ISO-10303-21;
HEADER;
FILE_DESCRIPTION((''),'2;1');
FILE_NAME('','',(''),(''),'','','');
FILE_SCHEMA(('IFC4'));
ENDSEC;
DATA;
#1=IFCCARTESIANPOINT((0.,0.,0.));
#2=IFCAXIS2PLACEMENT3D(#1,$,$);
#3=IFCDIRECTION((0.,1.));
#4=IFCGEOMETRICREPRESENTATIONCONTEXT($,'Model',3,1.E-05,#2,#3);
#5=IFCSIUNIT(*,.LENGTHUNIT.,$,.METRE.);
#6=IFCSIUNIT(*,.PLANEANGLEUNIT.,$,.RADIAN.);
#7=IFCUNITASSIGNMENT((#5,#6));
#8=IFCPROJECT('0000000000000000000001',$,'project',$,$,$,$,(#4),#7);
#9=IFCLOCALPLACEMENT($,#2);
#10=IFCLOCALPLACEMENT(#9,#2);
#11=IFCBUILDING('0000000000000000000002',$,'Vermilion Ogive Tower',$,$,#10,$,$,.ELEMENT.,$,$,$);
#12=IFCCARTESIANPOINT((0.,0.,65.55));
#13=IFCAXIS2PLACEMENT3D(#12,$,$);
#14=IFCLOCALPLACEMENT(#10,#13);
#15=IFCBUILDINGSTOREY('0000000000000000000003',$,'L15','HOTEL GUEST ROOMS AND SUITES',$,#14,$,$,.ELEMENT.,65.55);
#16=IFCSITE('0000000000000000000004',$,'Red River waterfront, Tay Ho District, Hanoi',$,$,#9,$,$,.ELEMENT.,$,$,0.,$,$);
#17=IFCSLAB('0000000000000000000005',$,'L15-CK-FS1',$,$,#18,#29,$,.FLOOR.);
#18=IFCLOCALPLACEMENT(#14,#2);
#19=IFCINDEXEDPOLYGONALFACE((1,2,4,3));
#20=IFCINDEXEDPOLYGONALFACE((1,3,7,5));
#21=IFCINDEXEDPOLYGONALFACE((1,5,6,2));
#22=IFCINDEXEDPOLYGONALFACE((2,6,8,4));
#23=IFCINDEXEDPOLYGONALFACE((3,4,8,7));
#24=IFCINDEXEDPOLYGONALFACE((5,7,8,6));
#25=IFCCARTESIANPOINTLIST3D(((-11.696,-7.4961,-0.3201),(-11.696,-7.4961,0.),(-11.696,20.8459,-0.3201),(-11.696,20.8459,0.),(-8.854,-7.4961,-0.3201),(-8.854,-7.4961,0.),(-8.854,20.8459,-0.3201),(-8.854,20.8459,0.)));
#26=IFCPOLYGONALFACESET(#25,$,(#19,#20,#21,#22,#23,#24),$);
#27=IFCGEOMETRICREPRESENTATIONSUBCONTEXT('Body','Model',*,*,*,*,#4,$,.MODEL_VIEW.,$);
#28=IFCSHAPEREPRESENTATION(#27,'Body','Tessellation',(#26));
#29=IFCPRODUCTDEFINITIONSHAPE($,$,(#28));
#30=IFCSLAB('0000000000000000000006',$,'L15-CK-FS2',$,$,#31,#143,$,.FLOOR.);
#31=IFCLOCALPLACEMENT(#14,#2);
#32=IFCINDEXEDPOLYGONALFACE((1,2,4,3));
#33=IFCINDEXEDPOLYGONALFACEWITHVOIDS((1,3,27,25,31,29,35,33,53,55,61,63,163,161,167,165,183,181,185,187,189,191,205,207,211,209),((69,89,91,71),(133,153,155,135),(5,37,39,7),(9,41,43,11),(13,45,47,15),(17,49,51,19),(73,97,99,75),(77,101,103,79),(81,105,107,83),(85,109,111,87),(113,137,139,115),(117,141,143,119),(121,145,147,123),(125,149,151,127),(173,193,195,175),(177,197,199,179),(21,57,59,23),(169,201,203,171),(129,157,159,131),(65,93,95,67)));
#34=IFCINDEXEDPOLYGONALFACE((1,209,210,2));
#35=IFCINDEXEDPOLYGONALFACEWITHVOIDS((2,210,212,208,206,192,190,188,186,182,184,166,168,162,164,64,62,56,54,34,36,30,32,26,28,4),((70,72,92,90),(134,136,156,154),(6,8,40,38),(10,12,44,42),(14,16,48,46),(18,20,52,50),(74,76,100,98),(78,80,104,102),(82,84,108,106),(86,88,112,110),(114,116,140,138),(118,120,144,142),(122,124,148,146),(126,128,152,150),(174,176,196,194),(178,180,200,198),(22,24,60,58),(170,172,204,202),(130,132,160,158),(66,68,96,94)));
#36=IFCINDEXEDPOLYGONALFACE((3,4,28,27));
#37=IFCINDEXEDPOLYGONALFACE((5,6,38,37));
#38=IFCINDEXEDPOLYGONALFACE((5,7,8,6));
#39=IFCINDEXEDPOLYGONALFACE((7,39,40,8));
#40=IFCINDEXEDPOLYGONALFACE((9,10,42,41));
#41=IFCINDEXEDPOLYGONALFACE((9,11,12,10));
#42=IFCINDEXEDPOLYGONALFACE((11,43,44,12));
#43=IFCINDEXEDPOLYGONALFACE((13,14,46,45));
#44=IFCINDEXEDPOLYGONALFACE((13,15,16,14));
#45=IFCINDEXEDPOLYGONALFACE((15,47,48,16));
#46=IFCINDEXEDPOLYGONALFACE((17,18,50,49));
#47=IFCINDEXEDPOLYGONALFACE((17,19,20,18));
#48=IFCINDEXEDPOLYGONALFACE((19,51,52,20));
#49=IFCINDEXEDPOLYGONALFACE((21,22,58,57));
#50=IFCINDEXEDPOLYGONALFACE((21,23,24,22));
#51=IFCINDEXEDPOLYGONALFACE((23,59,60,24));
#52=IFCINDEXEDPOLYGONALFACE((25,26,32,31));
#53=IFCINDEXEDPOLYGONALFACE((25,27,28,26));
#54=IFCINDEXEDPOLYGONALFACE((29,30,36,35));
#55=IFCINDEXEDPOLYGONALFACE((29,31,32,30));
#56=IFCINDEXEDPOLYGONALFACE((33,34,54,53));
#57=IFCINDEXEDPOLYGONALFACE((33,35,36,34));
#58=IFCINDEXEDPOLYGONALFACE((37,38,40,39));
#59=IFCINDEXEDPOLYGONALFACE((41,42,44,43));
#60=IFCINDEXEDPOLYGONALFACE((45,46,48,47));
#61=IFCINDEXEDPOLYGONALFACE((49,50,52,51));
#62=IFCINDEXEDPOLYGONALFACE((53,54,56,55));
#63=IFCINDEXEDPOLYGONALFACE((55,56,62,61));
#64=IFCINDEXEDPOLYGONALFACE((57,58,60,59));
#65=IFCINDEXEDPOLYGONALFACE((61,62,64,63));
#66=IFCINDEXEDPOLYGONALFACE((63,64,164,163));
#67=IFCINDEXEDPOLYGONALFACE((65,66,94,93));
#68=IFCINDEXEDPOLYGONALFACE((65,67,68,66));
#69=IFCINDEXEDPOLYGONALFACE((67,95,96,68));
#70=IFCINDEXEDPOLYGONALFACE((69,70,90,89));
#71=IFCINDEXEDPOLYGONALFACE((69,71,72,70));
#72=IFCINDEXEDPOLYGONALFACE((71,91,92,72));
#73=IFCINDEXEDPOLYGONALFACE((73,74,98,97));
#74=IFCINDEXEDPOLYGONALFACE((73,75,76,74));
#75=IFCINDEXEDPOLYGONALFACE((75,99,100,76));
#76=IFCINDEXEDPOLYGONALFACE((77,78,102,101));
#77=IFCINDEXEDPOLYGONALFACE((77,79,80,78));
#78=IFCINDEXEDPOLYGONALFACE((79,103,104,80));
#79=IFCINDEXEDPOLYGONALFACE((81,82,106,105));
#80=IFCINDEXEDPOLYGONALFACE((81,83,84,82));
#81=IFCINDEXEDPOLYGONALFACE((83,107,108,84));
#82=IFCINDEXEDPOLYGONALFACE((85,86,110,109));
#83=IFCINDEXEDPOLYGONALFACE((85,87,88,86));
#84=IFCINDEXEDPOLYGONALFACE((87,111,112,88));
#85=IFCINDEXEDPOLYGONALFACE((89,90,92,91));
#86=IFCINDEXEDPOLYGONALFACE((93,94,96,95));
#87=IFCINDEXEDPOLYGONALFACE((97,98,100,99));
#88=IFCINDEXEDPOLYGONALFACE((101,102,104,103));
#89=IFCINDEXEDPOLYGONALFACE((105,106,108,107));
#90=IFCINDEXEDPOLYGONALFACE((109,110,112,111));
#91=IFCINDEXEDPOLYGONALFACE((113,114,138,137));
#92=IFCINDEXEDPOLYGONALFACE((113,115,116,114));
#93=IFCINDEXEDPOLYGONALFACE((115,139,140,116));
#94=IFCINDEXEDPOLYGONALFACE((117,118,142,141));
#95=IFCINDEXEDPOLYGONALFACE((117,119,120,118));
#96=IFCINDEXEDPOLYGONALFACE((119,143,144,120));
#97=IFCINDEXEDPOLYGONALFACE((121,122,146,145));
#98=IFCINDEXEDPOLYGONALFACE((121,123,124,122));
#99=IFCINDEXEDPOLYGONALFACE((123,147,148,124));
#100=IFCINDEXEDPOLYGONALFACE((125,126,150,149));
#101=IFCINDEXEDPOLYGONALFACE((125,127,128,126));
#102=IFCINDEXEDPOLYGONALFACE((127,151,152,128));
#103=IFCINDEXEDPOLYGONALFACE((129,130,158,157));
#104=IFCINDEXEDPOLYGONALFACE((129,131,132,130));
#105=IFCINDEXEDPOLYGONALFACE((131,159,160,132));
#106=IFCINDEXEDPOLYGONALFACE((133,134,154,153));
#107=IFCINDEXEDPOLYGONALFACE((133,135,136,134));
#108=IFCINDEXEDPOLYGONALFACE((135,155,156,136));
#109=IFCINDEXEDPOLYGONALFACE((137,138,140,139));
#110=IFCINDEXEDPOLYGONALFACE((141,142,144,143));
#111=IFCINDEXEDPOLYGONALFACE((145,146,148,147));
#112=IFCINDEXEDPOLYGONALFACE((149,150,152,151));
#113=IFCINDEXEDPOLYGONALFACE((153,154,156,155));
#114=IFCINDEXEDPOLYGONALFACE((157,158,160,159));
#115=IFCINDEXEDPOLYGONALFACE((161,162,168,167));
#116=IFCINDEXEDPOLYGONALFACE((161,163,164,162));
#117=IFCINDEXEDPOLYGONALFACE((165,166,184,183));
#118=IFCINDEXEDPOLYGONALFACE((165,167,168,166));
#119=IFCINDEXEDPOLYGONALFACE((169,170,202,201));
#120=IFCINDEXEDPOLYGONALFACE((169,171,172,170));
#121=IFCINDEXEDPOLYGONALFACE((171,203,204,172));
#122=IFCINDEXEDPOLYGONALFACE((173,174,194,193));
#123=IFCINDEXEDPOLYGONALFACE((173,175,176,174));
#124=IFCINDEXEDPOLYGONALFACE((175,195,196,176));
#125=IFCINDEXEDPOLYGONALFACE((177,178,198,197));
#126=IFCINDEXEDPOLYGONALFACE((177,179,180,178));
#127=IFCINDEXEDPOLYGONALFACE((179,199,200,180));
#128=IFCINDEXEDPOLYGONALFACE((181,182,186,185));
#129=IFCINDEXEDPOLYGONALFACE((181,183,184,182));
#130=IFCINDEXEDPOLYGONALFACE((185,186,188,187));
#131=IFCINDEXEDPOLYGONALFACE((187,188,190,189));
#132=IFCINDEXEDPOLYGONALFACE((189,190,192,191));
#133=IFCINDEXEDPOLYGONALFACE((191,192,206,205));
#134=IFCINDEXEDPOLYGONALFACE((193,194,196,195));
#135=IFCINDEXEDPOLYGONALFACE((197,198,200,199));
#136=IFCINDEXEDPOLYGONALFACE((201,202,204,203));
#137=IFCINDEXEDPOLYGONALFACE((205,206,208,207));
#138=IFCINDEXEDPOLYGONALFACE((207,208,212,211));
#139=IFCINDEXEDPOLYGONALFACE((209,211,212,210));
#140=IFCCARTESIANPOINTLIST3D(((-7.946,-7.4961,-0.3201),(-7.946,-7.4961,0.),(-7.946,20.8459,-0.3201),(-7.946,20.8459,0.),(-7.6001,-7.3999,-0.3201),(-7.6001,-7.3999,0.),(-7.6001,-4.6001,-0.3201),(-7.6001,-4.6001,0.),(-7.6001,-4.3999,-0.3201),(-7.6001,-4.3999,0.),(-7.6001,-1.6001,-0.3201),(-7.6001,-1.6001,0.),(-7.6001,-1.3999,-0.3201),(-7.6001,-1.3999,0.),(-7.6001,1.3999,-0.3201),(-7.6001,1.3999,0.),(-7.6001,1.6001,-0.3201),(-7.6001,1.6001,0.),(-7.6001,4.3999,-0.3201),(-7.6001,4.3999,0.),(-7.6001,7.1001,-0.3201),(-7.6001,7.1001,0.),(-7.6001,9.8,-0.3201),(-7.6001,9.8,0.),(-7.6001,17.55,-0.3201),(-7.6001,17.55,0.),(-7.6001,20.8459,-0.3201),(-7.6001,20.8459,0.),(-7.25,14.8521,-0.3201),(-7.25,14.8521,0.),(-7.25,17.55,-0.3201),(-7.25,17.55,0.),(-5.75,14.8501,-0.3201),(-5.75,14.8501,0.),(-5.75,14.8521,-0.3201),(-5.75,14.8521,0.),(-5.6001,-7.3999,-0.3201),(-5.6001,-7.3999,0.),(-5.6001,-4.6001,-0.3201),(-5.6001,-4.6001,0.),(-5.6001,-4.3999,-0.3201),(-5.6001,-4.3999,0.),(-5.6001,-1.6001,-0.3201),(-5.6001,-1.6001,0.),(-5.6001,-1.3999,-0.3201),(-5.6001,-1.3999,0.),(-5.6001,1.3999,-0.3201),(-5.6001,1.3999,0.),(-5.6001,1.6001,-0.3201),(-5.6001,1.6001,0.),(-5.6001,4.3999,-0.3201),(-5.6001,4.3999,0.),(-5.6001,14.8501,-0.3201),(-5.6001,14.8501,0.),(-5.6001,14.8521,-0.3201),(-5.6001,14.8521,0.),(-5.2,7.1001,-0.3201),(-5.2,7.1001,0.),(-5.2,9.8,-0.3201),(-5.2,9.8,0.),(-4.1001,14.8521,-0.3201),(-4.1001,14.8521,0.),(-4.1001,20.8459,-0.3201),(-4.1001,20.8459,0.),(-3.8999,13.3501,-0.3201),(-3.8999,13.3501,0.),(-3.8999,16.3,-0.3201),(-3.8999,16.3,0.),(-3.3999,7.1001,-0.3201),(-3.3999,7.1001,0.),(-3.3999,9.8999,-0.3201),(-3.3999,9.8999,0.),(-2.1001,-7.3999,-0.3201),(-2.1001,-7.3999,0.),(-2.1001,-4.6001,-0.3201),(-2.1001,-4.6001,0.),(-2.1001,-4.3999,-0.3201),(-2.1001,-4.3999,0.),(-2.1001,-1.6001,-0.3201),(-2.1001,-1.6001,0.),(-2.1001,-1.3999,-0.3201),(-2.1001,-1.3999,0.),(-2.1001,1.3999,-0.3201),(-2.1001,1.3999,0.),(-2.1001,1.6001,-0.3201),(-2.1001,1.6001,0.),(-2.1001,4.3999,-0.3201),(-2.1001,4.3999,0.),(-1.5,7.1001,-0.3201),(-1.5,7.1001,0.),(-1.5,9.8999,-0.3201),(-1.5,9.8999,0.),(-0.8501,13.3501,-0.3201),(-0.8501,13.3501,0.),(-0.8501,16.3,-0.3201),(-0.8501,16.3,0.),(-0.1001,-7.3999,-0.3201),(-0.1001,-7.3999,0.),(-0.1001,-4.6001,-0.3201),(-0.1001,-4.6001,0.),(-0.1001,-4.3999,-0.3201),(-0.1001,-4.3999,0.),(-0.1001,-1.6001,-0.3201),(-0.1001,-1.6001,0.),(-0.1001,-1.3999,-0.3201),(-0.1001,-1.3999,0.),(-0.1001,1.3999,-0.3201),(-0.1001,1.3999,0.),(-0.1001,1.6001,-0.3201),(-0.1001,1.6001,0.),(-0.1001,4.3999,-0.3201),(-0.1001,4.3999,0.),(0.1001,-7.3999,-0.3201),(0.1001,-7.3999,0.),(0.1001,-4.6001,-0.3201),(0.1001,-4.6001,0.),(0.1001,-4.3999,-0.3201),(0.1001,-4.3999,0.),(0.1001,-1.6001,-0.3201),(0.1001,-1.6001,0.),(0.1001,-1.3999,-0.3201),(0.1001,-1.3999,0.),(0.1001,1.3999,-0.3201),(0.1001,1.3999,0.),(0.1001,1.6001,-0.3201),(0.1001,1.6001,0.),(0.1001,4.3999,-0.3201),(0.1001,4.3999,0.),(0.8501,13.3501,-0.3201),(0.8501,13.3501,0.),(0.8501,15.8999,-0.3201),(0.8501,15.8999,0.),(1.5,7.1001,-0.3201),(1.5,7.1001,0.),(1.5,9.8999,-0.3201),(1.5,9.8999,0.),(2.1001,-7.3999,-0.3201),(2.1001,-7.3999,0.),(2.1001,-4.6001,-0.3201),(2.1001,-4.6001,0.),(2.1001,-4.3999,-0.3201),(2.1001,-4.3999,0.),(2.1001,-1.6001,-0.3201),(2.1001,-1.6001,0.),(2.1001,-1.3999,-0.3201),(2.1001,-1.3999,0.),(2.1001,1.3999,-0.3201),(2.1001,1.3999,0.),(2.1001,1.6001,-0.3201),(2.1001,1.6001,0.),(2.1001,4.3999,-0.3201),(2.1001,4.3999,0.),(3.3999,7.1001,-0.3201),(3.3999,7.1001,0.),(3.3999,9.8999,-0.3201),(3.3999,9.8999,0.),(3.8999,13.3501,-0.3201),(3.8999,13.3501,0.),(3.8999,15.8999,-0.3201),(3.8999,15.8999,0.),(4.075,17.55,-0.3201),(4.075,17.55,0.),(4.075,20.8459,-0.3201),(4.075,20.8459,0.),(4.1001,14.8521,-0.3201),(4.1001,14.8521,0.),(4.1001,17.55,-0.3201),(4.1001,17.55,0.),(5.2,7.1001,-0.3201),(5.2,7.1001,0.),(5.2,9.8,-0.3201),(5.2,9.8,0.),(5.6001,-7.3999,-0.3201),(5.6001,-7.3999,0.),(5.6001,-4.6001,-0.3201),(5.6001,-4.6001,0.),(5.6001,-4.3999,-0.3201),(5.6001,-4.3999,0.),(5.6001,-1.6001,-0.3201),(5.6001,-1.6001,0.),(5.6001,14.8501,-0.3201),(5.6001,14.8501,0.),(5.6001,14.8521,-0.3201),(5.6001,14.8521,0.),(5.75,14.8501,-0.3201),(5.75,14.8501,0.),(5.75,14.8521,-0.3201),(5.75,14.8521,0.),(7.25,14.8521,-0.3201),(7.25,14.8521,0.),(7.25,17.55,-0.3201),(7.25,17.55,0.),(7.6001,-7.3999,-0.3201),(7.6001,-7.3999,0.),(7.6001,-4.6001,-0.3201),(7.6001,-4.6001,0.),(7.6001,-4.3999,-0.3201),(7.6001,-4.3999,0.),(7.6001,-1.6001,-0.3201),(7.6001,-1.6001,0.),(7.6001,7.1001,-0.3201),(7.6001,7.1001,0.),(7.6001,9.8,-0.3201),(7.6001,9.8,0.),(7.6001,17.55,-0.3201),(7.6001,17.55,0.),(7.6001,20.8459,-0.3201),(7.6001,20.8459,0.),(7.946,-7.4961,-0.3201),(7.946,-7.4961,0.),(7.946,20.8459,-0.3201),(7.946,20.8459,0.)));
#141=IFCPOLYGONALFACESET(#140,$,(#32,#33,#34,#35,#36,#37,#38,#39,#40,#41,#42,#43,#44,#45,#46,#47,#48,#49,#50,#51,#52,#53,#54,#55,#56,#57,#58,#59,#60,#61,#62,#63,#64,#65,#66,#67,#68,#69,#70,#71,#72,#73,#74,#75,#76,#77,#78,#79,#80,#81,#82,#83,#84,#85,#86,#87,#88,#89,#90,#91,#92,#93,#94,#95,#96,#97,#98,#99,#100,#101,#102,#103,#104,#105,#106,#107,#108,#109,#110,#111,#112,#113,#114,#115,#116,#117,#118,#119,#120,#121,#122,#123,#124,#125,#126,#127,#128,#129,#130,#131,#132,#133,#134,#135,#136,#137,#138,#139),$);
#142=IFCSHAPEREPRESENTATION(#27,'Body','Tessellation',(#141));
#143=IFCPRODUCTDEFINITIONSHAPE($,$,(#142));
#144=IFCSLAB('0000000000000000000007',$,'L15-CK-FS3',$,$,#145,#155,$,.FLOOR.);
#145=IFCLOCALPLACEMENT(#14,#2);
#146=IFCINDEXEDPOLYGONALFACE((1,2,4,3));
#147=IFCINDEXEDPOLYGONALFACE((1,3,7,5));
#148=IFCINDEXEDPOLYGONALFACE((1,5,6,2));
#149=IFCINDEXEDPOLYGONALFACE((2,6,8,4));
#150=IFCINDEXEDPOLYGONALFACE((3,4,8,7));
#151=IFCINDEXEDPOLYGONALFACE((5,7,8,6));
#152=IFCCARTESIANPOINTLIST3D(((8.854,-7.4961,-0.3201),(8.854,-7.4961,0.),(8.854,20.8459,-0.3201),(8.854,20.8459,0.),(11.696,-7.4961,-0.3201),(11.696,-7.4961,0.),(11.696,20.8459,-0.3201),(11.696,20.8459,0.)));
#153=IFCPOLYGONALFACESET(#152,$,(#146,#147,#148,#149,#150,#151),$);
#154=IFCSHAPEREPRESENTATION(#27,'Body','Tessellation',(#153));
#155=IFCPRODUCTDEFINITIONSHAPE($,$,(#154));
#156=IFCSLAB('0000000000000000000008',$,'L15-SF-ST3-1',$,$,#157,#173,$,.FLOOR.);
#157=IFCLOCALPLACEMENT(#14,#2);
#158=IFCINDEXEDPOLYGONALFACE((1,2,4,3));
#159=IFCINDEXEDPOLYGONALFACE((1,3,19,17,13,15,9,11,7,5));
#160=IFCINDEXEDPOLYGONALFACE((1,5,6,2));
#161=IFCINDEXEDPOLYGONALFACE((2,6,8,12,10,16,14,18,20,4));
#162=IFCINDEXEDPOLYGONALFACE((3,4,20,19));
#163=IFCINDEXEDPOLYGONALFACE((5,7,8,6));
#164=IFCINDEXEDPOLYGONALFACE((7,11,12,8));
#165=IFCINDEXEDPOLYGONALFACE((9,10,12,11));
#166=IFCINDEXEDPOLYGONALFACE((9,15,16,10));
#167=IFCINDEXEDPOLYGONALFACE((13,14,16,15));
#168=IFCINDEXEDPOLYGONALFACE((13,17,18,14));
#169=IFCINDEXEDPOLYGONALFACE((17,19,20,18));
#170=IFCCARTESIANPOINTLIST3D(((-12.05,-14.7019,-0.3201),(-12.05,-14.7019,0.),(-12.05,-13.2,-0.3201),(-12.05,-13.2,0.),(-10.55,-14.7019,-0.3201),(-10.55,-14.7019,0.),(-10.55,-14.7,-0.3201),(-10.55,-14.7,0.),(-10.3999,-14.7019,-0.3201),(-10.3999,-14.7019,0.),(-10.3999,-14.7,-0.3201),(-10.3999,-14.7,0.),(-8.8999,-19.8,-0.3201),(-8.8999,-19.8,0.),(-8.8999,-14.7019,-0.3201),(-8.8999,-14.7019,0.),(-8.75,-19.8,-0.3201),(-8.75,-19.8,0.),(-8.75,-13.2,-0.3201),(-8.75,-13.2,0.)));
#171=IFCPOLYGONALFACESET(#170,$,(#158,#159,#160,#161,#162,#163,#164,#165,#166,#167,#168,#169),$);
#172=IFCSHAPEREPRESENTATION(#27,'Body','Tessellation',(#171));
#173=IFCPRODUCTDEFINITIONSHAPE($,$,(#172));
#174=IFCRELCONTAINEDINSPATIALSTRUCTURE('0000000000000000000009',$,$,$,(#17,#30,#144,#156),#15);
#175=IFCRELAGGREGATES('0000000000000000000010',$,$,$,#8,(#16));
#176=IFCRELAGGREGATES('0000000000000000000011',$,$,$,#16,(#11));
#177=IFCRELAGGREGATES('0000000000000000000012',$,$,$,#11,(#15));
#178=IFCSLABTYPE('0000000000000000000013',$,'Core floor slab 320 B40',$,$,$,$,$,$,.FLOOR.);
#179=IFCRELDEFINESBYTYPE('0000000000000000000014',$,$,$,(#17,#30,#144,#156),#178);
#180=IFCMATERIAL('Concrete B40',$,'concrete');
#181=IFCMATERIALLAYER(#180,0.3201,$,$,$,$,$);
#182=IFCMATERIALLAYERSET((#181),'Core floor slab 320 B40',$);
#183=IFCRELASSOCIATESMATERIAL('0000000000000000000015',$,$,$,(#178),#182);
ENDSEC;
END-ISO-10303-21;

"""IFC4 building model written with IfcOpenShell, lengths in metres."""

from ifc_helpers import new_model, si_unit, direction, frame, origin, place, context, subcontext, project, spatial, polyline, outline, extrude, material, layer, layer_set, type_object, element, save


model = new_model("IFC4")

# Units and contexts
model_context = context("Model", 3, precision=1e-05, world=origin(), true_north=direction((0.0, 1.0)))
body_context = subcontext(model_context, "Body", "Model", "MODEL_VIEW")
ifc_project = project(units=[si_unit("LENGTHUNIT", "METRE"), si_unit("PLANEANGLEUNIT", "RADIAN")], contexts=[model_context])

# Site, building, storey
site_placement = place(None, origin())
site = spatial("IfcSite", under=ifc_project, at=site_placement, Name="Red River waterfront, Tay Ho District, Hanoi", CompositionType="ELEMENT", RefElevation=0.0)
building_placement = place(site_placement, origin())
building = spatial("IfcBuilding", under=site, at=building_placement, Name="Vermilion Ogive Tower", CompositionType="ELEMENT")
storey_placement = place(building_placement, frame((0.0, 0.0, 65.55)))
storey = spatial("IfcBuildingStorey", under=building, at=storey_placement, Name="L15", Description="HOTEL GUEST ROOMS AND SUITES", CompositionType="ELEMENT", Elevation=65.55)

# Slabs
ifc_material_1 = material(Name="Concrete B40", Category="concrete")
ifc_layer_1 = layer(ifc_material_1, 0.3201)
ifc_layer_set_1 = layer_set([ifc_layer_1], Name="Core floor slab 320 B40")
slab_type_1 = type_object("IfcSlabType", Name="Core floor slab 320 B40", PredefinedType="FLOOR", material=ifc_layer_set_1)
slab_1_placement = place(storey_placement, frame((0.0, 0.0, -0.3201)))
element("IfcSlab", 1, at=slab_1_placement, inside=storey, type_object=slab_type_1, Name="L15-CK-FS1", PredefinedType="FLOOR", context=body_context, shape_type="SweptSolid", body=[
    extrude(outline(polyline([(-8.854, -7.4961), (-11.696, -7.4961), (-11.696, 20.8459), (-8.854, 20.8459), (-8.854, -7.4961)])), origin(), (0.0, 0.0, 1.0), 0.3201),
])
slab_2_placement = place(storey_placement, frame((0.0, 0.0, -0.3201)))
element("IfcSlab", 2, at=slab_2_placement, inside=storey, type_object=slab_type_1, Name="L15-CK-FS2", PredefinedType="FLOOR", context=body_context, shape_type="SweptSolid", body=[
    extrude(outline(polyline([(5.75, 14.8501), (5.6001, 14.8501), (5.6001, 14.8521), (4.1001, 14.8521), (4.1001, 17.55), (4.075, 17.55), (4.075, 20.8459), (-4.1001, 20.8459), (-4.1001, 14.8521), (-5.6001, 14.8521), (-5.6001, 14.8501), (-5.75, 14.8501), (-5.75, 14.8521), (-7.25, 14.8521), (-7.25, 17.55), (-7.6001, 17.55), (-7.6001, 20.8459), (-7.946, 20.8459), (-7.946, -7.4961), (7.946, -7.4961), (7.946, 20.8459), (7.6001, 20.8459), (7.6001, 17.55), (7.25, 17.55), (7.25, 14.8521), (5.75, 14.8521), (5.75, 14.8501)]), holes=[polyline([(-7.6001, -4.6001), (-5.6001, -4.6001), (-5.6001, -7.3999), (-7.6001, -7.3999), (-7.6001, -4.6001)]), polyline([(-2.1001, -4.6001), (-0.1001, -4.6001), (-0.1001, -7.3999), (-2.1001, -7.3999), (-2.1001, -4.6001)]), polyline([(-7.6001, -4.3999), (-7.6001, -1.6001), (-5.6001, -1.6001), (-5.6001, -4.3999), (-7.6001, -4.3999)]), polyline([(-2.1001, -1.6001), (-0.1001, -1.6001), (-0.1001, -4.3999), (-2.1001, -4.3999), (-2.1001, -1.6001)]), polyline([(-7.6001, -1.3999), (-7.6001, 1.3999), (-5.6001, 1.3999), (-5.6001, -1.3999), (-7.6001, -1.3999)]), polyline([(-2.1001, 1.3999), (-0.1001, 1.3999), (-0.1001, -1.3999), (-2.1001, -1.3999), (-2.1001, 1.3999)]), polyline([(-7.6001, 4.3999), (-5.6001, 4.3999), (-5.6001, 1.6001), (-7.6001, 1.6001), (-7.6001, 4.3999)]), polyline([(-2.1001, 4.3999), (-0.1001, 4.3999), (-0.1001, 1.6001), (-2.1001, 1.6001), (-2.1001, 4.3999)]), polyline([(-7.6001, 9.8), (-5.2, 9.8), (-5.2, 7.1001), (-7.6001, 7.1001), (-7.6001, 9.8)]), polyline([(-3.3999, 9.8999), (-1.5, 9.8999), (-1.5, 7.1001), (-3.3999, 7.1001), (-3.3999, 9.8999)]), polyline([(-3.8999, 16.3), (-0.8501, 16.3), (-0.8501, 13.3501), (-3.8999, 13.3501), (-3.8999, 16.3)]), polyline([(0.1001, -4.6001), (2.1001, -4.6001), (2.1001, -7.3999), (0.1001, -7.3999), (0.1001, -4.6001)]), polyline([(5.6001, -4.6001), (7.6001, -4.6001), (7.6001, -7.3999), (5.6001, -7.3999), (5.6001, -4.6001)]), polyline([(0.1001, -1.6001), (2.1001, -1.6001), (2.1001, -4.3999), (0.1001, -4.3999), (0.1001, -1.6001)]), polyline([(5.6001, -1.6001), (7.6001, -1.6001), (7.6001, -4.3999), (5.6001, -4.3999), (5.6001, -1.6001)]), polyline([(0.1001, 1.3999), (2.1001, 1.3999), (2.1001, -1.3999), (0.1001, -1.3999), (0.1001, 1.3999)]), polyline([(0.1001, 4.3999), (2.1001, 4.3999), (2.1001, 1.6001), (0.1001, 1.6001), (0.1001, 4.3999)]), polyline([(5.2, 9.8), (7.6001, 9.8), (7.6001, 7.1001), (5.2, 7.1001), (5.2, 9.8)]), polyline([(1.5, 9.8999), (3.3999, 9.8999), (3.3999, 7.1001), (1.5, 7.1001), (1.5, 9.8999)]), polyline([(0.8501, 15.8999), (3.8999, 15.8999), (3.8999, 13.3501), (0.8501, 13.3501), (0.8501, 15.8999)])]), origin(), (0.0, 0.0, 1.0), 0.3201),
])
slab_3_placement = place(storey_placement, frame((0.0, 0.0, -0.3201)))
element("IfcSlab", 3, at=slab_3_placement, inside=storey, type_object=slab_type_1, Name="L15-CK-FS3", PredefinedType="FLOOR", context=body_context, shape_type="SweptSolid", body=[
    extrude(outline(polyline([(8.854, 20.8459), (11.696, 20.8459), (11.696, -7.4961), (8.854, -7.4961), (8.854, 20.8459)])), origin(), (0.0, 0.0, 1.0), 0.3201),
])
slab_4_placement = place(storey_placement, frame((0.0, 0.0, -0.3201)))
element("IfcSlab", 4, at=slab_4_placement, inside=storey, type_object=slab_type_1, Name="L15-SF-ST3-1", PredefinedType="FLOOR", context=body_context, shape_type="SweptSolid", body=[
    extrude(outline(polyline([(-12.05, -13.2), (-12.05, -14.7019), (-10.55, -14.7019), (-10.55, -14.7), (-10.3999, -14.7), (-10.3999, -14.7019), (-8.8999, -14.7019), (-8.8999, -19.8), (-8.75, -19.8), (-8.75, -13.2), (-12.05, -13.2)])), origin(), (0.0, 0.0, 1.0), 0.3201),
])

save(model, "model.ifc")
